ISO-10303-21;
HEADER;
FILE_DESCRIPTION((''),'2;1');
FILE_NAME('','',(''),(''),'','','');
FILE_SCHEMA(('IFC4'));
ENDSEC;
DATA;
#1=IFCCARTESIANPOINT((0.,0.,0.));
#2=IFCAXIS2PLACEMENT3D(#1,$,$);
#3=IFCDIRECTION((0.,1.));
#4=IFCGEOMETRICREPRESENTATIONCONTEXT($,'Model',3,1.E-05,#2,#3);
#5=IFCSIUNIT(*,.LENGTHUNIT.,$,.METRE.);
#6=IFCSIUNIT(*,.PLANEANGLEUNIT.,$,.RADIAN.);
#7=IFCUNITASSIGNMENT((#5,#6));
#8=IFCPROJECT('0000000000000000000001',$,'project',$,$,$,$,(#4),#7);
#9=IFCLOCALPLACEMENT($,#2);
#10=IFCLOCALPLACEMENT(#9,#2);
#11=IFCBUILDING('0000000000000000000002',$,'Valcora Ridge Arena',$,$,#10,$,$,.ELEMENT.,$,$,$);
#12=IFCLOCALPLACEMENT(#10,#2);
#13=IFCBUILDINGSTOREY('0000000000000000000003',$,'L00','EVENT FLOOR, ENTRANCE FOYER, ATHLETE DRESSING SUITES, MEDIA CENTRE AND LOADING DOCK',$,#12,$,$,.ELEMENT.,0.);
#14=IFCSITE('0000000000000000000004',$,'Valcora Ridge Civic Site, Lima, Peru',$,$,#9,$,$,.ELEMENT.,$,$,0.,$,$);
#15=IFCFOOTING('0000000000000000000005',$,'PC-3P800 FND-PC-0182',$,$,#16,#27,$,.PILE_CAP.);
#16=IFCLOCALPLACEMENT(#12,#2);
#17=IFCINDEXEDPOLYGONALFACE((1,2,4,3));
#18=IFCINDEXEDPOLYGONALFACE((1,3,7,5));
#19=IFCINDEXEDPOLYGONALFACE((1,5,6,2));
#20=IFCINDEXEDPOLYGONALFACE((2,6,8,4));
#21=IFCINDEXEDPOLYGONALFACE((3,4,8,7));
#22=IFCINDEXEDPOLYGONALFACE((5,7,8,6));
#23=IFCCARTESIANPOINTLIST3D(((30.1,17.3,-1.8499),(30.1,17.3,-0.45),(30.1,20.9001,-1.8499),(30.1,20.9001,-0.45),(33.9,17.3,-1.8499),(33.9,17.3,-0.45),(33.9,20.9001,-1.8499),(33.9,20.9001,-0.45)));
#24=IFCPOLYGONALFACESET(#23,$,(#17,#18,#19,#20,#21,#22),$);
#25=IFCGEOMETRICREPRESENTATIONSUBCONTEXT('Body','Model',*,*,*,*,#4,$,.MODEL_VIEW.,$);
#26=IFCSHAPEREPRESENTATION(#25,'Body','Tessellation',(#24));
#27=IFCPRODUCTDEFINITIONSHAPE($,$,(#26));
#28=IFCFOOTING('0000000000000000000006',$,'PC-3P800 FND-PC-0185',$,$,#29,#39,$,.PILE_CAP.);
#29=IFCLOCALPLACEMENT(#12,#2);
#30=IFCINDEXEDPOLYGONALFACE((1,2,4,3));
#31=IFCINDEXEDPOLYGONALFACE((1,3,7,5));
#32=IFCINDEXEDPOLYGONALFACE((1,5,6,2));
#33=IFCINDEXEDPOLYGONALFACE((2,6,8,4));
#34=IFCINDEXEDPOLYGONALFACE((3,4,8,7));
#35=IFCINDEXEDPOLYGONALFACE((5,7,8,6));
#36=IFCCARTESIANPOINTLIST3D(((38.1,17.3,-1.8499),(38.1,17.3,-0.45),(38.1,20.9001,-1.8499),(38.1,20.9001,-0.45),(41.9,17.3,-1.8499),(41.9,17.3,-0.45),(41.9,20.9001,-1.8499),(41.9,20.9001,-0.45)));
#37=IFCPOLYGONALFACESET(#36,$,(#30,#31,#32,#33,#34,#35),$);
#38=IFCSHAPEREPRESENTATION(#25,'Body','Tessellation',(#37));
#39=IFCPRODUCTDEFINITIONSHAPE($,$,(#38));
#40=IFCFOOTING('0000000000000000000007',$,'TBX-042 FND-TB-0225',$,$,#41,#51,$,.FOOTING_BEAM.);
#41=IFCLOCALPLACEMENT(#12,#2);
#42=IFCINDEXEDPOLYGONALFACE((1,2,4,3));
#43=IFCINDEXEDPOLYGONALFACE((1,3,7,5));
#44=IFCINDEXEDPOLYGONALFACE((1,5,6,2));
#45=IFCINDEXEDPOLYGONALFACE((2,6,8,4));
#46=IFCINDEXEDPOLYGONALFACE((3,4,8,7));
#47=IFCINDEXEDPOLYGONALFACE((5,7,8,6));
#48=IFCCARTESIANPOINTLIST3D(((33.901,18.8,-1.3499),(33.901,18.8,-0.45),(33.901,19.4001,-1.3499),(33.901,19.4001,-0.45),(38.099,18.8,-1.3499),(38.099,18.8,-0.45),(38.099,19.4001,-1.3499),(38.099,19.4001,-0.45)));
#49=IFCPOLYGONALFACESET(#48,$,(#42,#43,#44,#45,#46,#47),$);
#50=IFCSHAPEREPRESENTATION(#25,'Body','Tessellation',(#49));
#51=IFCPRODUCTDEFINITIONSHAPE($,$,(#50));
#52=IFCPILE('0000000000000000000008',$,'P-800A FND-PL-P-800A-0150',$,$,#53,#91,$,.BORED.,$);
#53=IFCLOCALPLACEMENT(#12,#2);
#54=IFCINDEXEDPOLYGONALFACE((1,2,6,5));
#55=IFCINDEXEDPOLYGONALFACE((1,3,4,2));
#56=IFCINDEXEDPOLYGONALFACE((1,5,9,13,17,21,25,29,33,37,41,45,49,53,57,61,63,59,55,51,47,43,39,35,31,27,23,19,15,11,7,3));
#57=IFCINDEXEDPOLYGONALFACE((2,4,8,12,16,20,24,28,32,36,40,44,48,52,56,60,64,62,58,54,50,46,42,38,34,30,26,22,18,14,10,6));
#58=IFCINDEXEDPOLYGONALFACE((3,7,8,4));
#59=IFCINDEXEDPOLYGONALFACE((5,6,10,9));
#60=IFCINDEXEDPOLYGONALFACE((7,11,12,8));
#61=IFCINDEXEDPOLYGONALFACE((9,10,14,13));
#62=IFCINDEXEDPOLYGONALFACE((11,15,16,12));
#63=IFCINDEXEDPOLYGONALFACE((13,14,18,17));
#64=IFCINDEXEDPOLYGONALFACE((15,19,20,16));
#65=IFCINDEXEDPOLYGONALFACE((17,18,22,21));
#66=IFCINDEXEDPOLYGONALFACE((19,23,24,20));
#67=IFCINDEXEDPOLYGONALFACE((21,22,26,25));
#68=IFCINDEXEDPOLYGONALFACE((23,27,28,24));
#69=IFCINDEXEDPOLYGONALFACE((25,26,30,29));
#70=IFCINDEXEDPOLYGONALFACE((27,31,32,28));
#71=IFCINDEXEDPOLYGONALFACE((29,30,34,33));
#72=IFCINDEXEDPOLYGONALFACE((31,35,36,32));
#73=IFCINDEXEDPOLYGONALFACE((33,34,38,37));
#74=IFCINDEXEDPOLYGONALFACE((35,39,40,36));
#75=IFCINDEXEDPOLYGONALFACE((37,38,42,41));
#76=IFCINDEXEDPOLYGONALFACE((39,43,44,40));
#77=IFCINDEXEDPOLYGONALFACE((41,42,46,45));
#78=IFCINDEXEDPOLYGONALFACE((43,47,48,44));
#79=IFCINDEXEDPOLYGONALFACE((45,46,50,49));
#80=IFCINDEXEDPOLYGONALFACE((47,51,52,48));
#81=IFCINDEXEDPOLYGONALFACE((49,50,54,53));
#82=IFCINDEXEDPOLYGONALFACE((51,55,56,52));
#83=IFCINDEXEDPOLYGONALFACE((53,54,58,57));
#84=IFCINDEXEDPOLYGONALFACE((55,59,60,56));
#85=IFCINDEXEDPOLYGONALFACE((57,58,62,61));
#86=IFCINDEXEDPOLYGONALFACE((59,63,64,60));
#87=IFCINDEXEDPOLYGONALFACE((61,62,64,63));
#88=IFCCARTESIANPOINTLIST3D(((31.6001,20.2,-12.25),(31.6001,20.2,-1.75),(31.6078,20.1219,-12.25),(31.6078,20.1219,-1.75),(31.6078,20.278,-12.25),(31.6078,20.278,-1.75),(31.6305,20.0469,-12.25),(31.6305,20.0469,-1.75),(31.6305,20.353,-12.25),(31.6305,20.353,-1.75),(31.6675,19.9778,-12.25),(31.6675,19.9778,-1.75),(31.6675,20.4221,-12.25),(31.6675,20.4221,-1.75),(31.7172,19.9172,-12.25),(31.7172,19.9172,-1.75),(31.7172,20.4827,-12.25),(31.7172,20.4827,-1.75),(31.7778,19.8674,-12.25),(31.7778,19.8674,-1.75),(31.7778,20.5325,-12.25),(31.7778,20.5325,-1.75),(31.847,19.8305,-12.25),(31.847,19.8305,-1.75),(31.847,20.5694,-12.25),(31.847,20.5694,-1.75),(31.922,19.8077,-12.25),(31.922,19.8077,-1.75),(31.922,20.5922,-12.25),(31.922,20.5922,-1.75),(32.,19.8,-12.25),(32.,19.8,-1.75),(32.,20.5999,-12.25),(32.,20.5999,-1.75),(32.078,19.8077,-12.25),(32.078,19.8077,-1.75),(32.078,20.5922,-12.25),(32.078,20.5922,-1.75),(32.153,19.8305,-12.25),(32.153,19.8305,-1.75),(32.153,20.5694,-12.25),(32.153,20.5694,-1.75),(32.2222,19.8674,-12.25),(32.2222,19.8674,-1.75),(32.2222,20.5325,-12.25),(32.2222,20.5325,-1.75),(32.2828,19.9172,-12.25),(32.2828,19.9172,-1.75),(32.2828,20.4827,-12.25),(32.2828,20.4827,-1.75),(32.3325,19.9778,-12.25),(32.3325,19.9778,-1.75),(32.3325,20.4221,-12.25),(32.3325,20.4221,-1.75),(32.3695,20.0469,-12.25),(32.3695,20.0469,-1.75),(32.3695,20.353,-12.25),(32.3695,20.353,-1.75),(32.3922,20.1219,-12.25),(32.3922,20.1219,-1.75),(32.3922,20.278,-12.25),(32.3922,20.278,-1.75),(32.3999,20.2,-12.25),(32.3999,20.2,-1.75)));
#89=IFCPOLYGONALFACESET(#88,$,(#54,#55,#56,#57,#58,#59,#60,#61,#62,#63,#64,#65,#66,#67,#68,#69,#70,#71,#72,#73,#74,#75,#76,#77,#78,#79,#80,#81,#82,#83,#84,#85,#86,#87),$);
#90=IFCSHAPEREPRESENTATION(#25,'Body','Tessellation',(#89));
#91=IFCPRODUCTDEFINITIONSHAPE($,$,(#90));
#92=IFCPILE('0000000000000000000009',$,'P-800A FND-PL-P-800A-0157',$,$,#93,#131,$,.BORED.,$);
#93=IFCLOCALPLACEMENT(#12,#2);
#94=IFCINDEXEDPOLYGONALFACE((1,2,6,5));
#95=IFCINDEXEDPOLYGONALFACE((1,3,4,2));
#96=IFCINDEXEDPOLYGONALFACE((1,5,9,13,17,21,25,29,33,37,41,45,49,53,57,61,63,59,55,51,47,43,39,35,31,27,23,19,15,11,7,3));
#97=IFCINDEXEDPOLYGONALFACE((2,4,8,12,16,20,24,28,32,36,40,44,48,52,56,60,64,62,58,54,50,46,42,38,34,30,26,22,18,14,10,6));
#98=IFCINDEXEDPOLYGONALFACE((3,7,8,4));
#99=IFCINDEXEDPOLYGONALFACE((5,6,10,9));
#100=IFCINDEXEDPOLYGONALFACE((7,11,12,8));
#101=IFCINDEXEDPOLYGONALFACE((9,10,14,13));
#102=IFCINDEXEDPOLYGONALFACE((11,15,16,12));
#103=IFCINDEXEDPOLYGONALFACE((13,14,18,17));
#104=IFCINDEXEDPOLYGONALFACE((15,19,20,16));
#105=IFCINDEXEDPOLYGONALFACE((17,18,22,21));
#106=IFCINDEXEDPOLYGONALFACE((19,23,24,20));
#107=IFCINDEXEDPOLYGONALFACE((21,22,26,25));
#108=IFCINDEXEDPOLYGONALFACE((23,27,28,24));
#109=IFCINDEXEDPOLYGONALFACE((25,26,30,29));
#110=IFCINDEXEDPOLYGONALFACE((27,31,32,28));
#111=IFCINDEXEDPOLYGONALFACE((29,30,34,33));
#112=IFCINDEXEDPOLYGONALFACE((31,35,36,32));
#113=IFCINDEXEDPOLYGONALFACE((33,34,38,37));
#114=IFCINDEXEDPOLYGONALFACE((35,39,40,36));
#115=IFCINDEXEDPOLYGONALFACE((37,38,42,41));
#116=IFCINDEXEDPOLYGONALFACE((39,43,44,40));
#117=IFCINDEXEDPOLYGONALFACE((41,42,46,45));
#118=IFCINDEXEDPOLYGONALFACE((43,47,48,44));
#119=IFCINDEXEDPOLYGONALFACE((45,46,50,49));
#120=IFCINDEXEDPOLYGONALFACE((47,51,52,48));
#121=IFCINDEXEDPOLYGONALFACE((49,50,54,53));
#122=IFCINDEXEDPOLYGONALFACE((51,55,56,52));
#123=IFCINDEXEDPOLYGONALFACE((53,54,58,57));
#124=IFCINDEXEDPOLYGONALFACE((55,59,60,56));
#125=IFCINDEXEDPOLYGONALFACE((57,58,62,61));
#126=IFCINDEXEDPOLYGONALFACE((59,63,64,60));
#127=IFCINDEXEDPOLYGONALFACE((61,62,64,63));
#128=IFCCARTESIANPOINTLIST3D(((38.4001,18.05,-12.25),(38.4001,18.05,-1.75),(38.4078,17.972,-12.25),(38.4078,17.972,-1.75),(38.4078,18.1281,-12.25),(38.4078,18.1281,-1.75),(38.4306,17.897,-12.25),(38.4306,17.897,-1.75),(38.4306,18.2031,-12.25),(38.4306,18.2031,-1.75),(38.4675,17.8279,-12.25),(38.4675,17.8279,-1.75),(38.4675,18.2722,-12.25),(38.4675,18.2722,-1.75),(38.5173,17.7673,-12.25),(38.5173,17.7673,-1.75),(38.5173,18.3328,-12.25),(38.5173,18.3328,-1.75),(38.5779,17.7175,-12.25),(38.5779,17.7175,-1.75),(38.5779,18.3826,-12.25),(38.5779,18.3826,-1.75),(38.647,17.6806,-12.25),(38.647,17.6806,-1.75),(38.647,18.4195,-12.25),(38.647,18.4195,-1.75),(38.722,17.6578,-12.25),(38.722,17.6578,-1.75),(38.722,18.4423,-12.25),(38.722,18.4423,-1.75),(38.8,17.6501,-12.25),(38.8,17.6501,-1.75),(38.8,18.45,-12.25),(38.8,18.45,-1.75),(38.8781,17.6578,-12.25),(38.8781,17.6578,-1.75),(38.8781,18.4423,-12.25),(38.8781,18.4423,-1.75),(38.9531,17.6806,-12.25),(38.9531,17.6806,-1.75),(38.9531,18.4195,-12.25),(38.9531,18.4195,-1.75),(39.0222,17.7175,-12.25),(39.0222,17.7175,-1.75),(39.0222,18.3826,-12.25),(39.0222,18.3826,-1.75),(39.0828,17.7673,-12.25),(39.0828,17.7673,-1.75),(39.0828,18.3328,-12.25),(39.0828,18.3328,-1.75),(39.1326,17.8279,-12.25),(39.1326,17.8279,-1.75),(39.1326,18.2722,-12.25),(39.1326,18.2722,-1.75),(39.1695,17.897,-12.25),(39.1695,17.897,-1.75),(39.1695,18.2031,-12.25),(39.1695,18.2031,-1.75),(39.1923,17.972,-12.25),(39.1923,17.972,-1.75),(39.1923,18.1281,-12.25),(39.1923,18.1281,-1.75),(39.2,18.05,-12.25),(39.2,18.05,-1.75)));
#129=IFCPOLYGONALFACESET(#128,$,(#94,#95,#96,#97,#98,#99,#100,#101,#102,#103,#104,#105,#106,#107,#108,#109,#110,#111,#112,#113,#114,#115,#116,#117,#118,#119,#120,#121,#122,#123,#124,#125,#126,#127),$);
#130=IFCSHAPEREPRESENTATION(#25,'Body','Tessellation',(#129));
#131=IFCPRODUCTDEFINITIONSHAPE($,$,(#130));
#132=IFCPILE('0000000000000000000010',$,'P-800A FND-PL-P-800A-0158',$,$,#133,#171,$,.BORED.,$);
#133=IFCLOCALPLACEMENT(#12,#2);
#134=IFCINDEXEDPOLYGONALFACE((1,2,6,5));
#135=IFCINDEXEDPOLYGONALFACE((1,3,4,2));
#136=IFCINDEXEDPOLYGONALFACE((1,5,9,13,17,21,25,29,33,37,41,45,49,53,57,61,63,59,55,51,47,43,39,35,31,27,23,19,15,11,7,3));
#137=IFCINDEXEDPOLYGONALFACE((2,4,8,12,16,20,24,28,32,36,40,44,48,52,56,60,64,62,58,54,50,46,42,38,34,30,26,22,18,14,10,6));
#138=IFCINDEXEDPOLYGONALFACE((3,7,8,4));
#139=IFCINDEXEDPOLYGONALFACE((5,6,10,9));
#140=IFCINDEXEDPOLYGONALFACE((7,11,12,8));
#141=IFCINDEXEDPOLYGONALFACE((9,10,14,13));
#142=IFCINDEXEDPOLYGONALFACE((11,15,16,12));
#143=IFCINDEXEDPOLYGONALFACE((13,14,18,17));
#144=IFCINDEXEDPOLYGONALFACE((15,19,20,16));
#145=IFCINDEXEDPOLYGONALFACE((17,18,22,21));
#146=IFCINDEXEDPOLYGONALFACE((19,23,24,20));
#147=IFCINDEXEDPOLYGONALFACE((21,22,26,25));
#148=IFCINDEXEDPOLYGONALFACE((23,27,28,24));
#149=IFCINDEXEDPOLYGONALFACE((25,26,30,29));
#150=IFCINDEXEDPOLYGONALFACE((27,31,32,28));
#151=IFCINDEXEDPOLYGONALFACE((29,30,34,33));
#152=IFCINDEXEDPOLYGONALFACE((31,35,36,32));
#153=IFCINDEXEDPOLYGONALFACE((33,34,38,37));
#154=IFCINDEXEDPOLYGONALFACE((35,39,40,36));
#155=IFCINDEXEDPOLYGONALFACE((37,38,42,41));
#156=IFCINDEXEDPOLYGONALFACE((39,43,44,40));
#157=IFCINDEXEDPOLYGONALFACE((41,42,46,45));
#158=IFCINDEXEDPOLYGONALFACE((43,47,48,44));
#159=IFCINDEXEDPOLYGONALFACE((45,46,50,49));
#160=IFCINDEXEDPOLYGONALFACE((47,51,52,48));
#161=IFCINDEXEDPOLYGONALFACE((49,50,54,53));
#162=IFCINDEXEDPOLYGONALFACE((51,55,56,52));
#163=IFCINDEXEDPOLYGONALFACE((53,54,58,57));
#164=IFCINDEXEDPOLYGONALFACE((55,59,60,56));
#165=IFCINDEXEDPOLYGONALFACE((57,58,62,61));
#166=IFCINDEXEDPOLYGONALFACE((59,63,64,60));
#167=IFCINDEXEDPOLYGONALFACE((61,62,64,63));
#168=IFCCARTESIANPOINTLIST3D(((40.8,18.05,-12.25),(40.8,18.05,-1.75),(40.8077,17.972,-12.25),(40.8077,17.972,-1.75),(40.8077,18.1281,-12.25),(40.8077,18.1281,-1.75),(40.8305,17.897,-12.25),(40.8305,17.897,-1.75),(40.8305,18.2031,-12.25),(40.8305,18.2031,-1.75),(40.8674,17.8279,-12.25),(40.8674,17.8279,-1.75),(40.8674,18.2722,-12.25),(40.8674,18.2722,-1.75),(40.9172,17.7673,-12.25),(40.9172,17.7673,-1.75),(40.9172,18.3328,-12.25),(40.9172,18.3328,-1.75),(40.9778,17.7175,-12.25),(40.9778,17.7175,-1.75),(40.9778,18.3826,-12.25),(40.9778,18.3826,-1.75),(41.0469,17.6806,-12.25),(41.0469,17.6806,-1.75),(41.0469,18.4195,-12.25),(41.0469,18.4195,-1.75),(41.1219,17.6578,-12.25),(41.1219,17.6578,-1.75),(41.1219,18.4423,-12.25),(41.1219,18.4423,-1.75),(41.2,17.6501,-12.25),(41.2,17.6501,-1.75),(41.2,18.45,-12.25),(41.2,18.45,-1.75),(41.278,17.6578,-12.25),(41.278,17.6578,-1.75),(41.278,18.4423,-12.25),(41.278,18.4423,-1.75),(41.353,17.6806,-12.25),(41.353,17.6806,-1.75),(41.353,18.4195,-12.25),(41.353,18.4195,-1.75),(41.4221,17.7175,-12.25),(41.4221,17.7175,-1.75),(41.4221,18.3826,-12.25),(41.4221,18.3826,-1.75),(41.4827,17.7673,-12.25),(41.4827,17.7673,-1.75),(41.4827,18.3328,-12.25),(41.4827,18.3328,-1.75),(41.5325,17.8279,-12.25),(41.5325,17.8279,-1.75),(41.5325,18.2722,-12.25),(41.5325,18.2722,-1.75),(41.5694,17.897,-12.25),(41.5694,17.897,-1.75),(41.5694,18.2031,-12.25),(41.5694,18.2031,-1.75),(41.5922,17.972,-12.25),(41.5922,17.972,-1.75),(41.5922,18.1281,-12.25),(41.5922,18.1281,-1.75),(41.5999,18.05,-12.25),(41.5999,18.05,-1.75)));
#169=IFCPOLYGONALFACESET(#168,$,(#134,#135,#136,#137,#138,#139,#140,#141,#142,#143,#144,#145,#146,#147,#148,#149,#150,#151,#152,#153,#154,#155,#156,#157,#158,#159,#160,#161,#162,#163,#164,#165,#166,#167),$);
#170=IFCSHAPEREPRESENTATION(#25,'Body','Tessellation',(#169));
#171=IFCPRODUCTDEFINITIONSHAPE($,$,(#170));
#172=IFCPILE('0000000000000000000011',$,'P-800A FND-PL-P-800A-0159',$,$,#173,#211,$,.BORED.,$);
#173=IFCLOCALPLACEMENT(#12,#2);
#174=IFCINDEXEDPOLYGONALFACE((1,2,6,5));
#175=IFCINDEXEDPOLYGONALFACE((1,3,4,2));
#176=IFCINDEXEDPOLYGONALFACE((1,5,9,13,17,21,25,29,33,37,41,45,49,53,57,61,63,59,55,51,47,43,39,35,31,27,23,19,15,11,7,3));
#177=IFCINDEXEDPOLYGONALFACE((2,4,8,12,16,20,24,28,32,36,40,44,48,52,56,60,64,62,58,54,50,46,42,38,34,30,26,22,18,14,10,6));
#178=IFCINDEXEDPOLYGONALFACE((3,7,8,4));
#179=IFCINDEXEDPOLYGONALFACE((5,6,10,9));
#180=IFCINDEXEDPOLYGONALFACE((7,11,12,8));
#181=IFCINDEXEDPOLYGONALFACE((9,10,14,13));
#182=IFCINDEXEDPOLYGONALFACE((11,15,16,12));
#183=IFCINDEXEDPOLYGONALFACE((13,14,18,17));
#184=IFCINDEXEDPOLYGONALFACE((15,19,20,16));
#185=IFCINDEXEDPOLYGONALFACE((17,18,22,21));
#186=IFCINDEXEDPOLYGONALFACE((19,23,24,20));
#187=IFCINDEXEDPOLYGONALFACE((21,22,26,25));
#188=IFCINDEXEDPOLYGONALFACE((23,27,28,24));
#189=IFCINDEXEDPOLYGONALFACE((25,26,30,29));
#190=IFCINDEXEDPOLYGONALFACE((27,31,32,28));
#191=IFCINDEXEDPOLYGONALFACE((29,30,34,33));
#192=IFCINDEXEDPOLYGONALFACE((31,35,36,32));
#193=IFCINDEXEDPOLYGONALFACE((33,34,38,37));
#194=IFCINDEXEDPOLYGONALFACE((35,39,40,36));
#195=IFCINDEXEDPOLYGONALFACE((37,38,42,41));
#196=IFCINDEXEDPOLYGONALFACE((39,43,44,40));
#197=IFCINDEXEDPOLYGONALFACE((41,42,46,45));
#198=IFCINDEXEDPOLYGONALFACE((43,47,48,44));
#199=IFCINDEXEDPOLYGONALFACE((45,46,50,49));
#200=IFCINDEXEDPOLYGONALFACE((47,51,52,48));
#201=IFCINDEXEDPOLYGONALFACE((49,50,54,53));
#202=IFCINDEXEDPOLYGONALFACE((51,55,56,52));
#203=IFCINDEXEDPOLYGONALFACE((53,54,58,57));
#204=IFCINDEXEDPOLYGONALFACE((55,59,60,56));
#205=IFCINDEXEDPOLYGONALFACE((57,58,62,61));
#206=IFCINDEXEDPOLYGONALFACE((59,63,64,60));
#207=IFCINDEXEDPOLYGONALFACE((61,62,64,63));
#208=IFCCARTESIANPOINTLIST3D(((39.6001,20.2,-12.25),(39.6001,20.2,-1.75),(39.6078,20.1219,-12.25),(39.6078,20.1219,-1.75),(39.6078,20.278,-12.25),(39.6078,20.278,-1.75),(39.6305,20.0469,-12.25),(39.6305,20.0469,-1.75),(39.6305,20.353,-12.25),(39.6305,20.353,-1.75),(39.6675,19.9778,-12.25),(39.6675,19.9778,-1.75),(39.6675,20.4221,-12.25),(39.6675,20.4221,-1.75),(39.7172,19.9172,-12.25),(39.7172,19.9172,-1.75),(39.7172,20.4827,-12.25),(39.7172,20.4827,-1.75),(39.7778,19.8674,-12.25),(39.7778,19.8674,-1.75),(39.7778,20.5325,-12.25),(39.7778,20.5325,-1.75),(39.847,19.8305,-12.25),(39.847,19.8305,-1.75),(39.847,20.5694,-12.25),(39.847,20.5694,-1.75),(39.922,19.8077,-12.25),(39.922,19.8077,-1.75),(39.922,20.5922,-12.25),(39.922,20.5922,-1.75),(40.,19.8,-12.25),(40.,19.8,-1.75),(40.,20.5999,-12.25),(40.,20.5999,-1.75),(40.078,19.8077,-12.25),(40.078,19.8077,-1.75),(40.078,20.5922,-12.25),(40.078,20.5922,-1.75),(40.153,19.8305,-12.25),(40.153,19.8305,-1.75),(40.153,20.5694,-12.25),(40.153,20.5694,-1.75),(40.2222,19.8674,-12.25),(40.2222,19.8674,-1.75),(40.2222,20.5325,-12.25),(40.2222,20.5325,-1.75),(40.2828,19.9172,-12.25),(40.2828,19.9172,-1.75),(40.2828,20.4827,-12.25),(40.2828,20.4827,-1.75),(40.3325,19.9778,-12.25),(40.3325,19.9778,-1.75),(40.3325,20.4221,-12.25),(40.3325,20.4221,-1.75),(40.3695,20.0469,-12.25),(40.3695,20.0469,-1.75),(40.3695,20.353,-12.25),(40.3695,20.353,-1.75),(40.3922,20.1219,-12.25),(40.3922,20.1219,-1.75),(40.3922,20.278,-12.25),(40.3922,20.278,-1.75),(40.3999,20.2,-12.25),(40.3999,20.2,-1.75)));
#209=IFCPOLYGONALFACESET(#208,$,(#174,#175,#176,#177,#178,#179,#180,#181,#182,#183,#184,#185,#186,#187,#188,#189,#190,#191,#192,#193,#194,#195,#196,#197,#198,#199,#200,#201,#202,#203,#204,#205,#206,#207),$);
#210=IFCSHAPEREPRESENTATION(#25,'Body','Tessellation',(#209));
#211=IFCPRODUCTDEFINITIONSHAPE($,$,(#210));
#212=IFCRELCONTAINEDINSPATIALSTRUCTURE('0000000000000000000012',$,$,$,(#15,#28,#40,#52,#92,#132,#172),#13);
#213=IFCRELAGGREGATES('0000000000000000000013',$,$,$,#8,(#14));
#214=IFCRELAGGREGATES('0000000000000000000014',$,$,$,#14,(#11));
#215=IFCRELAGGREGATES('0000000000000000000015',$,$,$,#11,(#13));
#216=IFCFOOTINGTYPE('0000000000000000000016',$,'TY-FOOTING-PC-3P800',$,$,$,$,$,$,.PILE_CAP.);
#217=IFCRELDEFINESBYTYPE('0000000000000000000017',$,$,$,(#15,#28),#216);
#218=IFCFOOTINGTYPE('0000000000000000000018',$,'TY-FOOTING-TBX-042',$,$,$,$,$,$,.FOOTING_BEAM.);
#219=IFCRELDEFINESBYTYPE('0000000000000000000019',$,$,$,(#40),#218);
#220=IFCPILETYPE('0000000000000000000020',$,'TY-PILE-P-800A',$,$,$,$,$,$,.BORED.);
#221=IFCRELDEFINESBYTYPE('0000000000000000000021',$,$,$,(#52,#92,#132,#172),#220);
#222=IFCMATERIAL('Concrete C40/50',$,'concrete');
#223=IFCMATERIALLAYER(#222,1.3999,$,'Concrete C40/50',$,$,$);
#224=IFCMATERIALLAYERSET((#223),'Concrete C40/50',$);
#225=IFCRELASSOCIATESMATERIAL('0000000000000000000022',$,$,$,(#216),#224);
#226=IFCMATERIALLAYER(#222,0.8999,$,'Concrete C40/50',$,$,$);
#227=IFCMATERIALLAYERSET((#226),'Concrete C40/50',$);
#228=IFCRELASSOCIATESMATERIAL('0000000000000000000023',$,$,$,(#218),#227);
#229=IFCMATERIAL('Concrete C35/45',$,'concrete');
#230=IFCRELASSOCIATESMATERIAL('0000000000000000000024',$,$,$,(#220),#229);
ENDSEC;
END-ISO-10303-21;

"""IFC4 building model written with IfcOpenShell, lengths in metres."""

from ifc_helpers import new_model, si_unit, direction, frame, origin, origin_2d, place, context, subcontext, project, spatial, rectangle, circle, extrude, material, layer, layer_set, material_profile, profile_set, type_object, element, save


model = new_model("IFC4")

# Units and contexts
model_context = context("Model", 3, precision=1e-05, world=origin(), true_north=direction((0.0, 1.0)))
body_context = subcontext(model_context, "Body", "Model", "MODEL_VIEW")
ifc_project = project(units=[si_unit("LENGTHUNIT", "METRE"), si_unit("PLANEANGLEUNIT", "RADIAN")], contexts=[model_context])

# Site, building, storey
site_placement = place(None, origin())
site = spatial("IfcSite", under=ifc_project, at=site_placement, Name="Valcora Ridge Civic Site, Lima, Peru", CompositionType="ELEMENT", RefElevation=0.0)
building_placement = place(site_placement, origin())
building = spatial("IfcBuilding", under=site, at=building_placement, Name="Valcora Ridge Arena", CompositionType="ELEMENT")
storey_placement = place(building_placement, origin())
storey = spatial("IfcBuildingStorey", under=building, at=storey_placement, Name="L00", Description="EVENT FLOOR, ENTRANCE FOYER, ATHLETE DRESSING SUITES, MEDIA CENTRE AND LOADING DOCK", CompositionType="ELEMENT", Elevation=0.0)

# Footings
ifc_material_1 = material(Name="Concrete C40/50", Category="concrete")
ifc_layer_1 = layer(ifc_material_1, 1.3999, Name="Concrete C40/50")
ifc_layer_set_1 = layer_set([ifc_layer_1], Name="Concrete C40/50")
footing_type_1 = type_object("IfcFootingType", Name="TY-FOOTING-PC-3P800", PredefinedType="PILE_CAP", material=ifc_layer_set_1)
for number, where, z_axis, x_axis, name in (
    (1, (32.0, 19.1001, -1.8499), (0.0, 0.0, 1.0), (1.0, 0.0, 0.0), "PC-3P800 FND-PC-0182"),
    (2, (40.0, 19.1001, -1.8499), (0.0, 0.0, 1.0), (1.0, 0.0, 0.0), "PC-3P800 FND-PC-0185"),
):
    element("IfcFooting", number, at=place(storey_placement, frame(where, z_axis=z_axis, x_axis=x_axis)), inside=storey, type_object=footing_type_1, Name=name, PredefinedType="PILE_CAP", context=body_context, shape_type="SweptSolid", body=[
        extrude(rectangle(XDim=3.8, YDim=3.6001, at=origin_2d()), origin(), (0.0, 0.0, 1.0), 1.3999),
    ])
ifc_layer_2 = layer(ifc_material_1, 0.8999, Name="Concrete C40/50")
ifc_layer_set_2 = layer_set([ifc_layer_2], Name="Concrete C40/50")
footing_type_2 = type_object("IfcFootingType", Name="TY-FOOTING-TBX-042", PredefinedType="FOOTING_BEAM", material=ifc_layer_set_2)
footing_placement = place(storey_placement, frame((36.0, 19.1001, -1.3499), z_axis=(0.0, 0.0, 1.0), x_axis=(1.0, 0.0, 0.0)))
element("IfcFooting", 3, at=footing_placement, inside=storey, type_object=footing_type_2, Name="TBX-042 FND-TB-0225", PredefinedType="FOOTING_BEAM", context=body_context, shape_type="SweptSolid", body=[
    extrude(rectangle(XDim=4.198, YDim=0.6001, at=origin_2d()), origin(), (0.0, 0.0, 1.0), 0.8999),
])

# Piles
ifc_material_2 = material(Name="Concrete C35/45", Category="concrete")
ifc_material_profile_1 = material_profile(ifc_material_2, circle(Radius=0.3999, at=origin_2d()), Name="BORED PILE D800")
ifc_profile_set_1 = profile_set([ifc_material_profile_1], Name="Concrete C35/45")
pile_type = type_object("IfcPileType", Name="TY-PILE-P-800A", PredefinedType="BORED", material=ifc_profile_set_1)
for number, where, z_axis, x_axis, name in (
    (4, (32.0, 20.2, -1.75), (0.0, 0.0, -1.0), (1.0, 0.0, 0.0), "P-800A FND-PL-P-800A-0150"),
    (5, (38.8, 18.05, -1.75), (0.0, 0.0, -1.0), (1.0, 0.0, 0.0), "P-800A FND-PL-P-800A-0157"),
    (6, (41.2, 18.05, -1.75), (0.0, 0.0, -1.0), (1.0, 0.0, 0.0), "P-800A FND-PL-P-800A-0158"),
    (7, (40.0, 20.2, -1.75), (0.0, 0.0, -1.0), (1.0, 0.0, 0.0), "P-800A FND-PL-P-800A-0159"),
):
    element("IfcPile", number, at=place(storey_placement, frame(where, z_axis=z_axis, x_axis=x_axis)), inside=storey, type_object=pile_type, Name=name, PredefinedType="BORED", context=body_context, shape_type="SweptSolid", body=[
        extrude(circle(Radius=0.3999, at=origin_2d()), origin(), (0.0, 0.0, 1.0), 10.5),
    ])

save(model, "model.ifc")
